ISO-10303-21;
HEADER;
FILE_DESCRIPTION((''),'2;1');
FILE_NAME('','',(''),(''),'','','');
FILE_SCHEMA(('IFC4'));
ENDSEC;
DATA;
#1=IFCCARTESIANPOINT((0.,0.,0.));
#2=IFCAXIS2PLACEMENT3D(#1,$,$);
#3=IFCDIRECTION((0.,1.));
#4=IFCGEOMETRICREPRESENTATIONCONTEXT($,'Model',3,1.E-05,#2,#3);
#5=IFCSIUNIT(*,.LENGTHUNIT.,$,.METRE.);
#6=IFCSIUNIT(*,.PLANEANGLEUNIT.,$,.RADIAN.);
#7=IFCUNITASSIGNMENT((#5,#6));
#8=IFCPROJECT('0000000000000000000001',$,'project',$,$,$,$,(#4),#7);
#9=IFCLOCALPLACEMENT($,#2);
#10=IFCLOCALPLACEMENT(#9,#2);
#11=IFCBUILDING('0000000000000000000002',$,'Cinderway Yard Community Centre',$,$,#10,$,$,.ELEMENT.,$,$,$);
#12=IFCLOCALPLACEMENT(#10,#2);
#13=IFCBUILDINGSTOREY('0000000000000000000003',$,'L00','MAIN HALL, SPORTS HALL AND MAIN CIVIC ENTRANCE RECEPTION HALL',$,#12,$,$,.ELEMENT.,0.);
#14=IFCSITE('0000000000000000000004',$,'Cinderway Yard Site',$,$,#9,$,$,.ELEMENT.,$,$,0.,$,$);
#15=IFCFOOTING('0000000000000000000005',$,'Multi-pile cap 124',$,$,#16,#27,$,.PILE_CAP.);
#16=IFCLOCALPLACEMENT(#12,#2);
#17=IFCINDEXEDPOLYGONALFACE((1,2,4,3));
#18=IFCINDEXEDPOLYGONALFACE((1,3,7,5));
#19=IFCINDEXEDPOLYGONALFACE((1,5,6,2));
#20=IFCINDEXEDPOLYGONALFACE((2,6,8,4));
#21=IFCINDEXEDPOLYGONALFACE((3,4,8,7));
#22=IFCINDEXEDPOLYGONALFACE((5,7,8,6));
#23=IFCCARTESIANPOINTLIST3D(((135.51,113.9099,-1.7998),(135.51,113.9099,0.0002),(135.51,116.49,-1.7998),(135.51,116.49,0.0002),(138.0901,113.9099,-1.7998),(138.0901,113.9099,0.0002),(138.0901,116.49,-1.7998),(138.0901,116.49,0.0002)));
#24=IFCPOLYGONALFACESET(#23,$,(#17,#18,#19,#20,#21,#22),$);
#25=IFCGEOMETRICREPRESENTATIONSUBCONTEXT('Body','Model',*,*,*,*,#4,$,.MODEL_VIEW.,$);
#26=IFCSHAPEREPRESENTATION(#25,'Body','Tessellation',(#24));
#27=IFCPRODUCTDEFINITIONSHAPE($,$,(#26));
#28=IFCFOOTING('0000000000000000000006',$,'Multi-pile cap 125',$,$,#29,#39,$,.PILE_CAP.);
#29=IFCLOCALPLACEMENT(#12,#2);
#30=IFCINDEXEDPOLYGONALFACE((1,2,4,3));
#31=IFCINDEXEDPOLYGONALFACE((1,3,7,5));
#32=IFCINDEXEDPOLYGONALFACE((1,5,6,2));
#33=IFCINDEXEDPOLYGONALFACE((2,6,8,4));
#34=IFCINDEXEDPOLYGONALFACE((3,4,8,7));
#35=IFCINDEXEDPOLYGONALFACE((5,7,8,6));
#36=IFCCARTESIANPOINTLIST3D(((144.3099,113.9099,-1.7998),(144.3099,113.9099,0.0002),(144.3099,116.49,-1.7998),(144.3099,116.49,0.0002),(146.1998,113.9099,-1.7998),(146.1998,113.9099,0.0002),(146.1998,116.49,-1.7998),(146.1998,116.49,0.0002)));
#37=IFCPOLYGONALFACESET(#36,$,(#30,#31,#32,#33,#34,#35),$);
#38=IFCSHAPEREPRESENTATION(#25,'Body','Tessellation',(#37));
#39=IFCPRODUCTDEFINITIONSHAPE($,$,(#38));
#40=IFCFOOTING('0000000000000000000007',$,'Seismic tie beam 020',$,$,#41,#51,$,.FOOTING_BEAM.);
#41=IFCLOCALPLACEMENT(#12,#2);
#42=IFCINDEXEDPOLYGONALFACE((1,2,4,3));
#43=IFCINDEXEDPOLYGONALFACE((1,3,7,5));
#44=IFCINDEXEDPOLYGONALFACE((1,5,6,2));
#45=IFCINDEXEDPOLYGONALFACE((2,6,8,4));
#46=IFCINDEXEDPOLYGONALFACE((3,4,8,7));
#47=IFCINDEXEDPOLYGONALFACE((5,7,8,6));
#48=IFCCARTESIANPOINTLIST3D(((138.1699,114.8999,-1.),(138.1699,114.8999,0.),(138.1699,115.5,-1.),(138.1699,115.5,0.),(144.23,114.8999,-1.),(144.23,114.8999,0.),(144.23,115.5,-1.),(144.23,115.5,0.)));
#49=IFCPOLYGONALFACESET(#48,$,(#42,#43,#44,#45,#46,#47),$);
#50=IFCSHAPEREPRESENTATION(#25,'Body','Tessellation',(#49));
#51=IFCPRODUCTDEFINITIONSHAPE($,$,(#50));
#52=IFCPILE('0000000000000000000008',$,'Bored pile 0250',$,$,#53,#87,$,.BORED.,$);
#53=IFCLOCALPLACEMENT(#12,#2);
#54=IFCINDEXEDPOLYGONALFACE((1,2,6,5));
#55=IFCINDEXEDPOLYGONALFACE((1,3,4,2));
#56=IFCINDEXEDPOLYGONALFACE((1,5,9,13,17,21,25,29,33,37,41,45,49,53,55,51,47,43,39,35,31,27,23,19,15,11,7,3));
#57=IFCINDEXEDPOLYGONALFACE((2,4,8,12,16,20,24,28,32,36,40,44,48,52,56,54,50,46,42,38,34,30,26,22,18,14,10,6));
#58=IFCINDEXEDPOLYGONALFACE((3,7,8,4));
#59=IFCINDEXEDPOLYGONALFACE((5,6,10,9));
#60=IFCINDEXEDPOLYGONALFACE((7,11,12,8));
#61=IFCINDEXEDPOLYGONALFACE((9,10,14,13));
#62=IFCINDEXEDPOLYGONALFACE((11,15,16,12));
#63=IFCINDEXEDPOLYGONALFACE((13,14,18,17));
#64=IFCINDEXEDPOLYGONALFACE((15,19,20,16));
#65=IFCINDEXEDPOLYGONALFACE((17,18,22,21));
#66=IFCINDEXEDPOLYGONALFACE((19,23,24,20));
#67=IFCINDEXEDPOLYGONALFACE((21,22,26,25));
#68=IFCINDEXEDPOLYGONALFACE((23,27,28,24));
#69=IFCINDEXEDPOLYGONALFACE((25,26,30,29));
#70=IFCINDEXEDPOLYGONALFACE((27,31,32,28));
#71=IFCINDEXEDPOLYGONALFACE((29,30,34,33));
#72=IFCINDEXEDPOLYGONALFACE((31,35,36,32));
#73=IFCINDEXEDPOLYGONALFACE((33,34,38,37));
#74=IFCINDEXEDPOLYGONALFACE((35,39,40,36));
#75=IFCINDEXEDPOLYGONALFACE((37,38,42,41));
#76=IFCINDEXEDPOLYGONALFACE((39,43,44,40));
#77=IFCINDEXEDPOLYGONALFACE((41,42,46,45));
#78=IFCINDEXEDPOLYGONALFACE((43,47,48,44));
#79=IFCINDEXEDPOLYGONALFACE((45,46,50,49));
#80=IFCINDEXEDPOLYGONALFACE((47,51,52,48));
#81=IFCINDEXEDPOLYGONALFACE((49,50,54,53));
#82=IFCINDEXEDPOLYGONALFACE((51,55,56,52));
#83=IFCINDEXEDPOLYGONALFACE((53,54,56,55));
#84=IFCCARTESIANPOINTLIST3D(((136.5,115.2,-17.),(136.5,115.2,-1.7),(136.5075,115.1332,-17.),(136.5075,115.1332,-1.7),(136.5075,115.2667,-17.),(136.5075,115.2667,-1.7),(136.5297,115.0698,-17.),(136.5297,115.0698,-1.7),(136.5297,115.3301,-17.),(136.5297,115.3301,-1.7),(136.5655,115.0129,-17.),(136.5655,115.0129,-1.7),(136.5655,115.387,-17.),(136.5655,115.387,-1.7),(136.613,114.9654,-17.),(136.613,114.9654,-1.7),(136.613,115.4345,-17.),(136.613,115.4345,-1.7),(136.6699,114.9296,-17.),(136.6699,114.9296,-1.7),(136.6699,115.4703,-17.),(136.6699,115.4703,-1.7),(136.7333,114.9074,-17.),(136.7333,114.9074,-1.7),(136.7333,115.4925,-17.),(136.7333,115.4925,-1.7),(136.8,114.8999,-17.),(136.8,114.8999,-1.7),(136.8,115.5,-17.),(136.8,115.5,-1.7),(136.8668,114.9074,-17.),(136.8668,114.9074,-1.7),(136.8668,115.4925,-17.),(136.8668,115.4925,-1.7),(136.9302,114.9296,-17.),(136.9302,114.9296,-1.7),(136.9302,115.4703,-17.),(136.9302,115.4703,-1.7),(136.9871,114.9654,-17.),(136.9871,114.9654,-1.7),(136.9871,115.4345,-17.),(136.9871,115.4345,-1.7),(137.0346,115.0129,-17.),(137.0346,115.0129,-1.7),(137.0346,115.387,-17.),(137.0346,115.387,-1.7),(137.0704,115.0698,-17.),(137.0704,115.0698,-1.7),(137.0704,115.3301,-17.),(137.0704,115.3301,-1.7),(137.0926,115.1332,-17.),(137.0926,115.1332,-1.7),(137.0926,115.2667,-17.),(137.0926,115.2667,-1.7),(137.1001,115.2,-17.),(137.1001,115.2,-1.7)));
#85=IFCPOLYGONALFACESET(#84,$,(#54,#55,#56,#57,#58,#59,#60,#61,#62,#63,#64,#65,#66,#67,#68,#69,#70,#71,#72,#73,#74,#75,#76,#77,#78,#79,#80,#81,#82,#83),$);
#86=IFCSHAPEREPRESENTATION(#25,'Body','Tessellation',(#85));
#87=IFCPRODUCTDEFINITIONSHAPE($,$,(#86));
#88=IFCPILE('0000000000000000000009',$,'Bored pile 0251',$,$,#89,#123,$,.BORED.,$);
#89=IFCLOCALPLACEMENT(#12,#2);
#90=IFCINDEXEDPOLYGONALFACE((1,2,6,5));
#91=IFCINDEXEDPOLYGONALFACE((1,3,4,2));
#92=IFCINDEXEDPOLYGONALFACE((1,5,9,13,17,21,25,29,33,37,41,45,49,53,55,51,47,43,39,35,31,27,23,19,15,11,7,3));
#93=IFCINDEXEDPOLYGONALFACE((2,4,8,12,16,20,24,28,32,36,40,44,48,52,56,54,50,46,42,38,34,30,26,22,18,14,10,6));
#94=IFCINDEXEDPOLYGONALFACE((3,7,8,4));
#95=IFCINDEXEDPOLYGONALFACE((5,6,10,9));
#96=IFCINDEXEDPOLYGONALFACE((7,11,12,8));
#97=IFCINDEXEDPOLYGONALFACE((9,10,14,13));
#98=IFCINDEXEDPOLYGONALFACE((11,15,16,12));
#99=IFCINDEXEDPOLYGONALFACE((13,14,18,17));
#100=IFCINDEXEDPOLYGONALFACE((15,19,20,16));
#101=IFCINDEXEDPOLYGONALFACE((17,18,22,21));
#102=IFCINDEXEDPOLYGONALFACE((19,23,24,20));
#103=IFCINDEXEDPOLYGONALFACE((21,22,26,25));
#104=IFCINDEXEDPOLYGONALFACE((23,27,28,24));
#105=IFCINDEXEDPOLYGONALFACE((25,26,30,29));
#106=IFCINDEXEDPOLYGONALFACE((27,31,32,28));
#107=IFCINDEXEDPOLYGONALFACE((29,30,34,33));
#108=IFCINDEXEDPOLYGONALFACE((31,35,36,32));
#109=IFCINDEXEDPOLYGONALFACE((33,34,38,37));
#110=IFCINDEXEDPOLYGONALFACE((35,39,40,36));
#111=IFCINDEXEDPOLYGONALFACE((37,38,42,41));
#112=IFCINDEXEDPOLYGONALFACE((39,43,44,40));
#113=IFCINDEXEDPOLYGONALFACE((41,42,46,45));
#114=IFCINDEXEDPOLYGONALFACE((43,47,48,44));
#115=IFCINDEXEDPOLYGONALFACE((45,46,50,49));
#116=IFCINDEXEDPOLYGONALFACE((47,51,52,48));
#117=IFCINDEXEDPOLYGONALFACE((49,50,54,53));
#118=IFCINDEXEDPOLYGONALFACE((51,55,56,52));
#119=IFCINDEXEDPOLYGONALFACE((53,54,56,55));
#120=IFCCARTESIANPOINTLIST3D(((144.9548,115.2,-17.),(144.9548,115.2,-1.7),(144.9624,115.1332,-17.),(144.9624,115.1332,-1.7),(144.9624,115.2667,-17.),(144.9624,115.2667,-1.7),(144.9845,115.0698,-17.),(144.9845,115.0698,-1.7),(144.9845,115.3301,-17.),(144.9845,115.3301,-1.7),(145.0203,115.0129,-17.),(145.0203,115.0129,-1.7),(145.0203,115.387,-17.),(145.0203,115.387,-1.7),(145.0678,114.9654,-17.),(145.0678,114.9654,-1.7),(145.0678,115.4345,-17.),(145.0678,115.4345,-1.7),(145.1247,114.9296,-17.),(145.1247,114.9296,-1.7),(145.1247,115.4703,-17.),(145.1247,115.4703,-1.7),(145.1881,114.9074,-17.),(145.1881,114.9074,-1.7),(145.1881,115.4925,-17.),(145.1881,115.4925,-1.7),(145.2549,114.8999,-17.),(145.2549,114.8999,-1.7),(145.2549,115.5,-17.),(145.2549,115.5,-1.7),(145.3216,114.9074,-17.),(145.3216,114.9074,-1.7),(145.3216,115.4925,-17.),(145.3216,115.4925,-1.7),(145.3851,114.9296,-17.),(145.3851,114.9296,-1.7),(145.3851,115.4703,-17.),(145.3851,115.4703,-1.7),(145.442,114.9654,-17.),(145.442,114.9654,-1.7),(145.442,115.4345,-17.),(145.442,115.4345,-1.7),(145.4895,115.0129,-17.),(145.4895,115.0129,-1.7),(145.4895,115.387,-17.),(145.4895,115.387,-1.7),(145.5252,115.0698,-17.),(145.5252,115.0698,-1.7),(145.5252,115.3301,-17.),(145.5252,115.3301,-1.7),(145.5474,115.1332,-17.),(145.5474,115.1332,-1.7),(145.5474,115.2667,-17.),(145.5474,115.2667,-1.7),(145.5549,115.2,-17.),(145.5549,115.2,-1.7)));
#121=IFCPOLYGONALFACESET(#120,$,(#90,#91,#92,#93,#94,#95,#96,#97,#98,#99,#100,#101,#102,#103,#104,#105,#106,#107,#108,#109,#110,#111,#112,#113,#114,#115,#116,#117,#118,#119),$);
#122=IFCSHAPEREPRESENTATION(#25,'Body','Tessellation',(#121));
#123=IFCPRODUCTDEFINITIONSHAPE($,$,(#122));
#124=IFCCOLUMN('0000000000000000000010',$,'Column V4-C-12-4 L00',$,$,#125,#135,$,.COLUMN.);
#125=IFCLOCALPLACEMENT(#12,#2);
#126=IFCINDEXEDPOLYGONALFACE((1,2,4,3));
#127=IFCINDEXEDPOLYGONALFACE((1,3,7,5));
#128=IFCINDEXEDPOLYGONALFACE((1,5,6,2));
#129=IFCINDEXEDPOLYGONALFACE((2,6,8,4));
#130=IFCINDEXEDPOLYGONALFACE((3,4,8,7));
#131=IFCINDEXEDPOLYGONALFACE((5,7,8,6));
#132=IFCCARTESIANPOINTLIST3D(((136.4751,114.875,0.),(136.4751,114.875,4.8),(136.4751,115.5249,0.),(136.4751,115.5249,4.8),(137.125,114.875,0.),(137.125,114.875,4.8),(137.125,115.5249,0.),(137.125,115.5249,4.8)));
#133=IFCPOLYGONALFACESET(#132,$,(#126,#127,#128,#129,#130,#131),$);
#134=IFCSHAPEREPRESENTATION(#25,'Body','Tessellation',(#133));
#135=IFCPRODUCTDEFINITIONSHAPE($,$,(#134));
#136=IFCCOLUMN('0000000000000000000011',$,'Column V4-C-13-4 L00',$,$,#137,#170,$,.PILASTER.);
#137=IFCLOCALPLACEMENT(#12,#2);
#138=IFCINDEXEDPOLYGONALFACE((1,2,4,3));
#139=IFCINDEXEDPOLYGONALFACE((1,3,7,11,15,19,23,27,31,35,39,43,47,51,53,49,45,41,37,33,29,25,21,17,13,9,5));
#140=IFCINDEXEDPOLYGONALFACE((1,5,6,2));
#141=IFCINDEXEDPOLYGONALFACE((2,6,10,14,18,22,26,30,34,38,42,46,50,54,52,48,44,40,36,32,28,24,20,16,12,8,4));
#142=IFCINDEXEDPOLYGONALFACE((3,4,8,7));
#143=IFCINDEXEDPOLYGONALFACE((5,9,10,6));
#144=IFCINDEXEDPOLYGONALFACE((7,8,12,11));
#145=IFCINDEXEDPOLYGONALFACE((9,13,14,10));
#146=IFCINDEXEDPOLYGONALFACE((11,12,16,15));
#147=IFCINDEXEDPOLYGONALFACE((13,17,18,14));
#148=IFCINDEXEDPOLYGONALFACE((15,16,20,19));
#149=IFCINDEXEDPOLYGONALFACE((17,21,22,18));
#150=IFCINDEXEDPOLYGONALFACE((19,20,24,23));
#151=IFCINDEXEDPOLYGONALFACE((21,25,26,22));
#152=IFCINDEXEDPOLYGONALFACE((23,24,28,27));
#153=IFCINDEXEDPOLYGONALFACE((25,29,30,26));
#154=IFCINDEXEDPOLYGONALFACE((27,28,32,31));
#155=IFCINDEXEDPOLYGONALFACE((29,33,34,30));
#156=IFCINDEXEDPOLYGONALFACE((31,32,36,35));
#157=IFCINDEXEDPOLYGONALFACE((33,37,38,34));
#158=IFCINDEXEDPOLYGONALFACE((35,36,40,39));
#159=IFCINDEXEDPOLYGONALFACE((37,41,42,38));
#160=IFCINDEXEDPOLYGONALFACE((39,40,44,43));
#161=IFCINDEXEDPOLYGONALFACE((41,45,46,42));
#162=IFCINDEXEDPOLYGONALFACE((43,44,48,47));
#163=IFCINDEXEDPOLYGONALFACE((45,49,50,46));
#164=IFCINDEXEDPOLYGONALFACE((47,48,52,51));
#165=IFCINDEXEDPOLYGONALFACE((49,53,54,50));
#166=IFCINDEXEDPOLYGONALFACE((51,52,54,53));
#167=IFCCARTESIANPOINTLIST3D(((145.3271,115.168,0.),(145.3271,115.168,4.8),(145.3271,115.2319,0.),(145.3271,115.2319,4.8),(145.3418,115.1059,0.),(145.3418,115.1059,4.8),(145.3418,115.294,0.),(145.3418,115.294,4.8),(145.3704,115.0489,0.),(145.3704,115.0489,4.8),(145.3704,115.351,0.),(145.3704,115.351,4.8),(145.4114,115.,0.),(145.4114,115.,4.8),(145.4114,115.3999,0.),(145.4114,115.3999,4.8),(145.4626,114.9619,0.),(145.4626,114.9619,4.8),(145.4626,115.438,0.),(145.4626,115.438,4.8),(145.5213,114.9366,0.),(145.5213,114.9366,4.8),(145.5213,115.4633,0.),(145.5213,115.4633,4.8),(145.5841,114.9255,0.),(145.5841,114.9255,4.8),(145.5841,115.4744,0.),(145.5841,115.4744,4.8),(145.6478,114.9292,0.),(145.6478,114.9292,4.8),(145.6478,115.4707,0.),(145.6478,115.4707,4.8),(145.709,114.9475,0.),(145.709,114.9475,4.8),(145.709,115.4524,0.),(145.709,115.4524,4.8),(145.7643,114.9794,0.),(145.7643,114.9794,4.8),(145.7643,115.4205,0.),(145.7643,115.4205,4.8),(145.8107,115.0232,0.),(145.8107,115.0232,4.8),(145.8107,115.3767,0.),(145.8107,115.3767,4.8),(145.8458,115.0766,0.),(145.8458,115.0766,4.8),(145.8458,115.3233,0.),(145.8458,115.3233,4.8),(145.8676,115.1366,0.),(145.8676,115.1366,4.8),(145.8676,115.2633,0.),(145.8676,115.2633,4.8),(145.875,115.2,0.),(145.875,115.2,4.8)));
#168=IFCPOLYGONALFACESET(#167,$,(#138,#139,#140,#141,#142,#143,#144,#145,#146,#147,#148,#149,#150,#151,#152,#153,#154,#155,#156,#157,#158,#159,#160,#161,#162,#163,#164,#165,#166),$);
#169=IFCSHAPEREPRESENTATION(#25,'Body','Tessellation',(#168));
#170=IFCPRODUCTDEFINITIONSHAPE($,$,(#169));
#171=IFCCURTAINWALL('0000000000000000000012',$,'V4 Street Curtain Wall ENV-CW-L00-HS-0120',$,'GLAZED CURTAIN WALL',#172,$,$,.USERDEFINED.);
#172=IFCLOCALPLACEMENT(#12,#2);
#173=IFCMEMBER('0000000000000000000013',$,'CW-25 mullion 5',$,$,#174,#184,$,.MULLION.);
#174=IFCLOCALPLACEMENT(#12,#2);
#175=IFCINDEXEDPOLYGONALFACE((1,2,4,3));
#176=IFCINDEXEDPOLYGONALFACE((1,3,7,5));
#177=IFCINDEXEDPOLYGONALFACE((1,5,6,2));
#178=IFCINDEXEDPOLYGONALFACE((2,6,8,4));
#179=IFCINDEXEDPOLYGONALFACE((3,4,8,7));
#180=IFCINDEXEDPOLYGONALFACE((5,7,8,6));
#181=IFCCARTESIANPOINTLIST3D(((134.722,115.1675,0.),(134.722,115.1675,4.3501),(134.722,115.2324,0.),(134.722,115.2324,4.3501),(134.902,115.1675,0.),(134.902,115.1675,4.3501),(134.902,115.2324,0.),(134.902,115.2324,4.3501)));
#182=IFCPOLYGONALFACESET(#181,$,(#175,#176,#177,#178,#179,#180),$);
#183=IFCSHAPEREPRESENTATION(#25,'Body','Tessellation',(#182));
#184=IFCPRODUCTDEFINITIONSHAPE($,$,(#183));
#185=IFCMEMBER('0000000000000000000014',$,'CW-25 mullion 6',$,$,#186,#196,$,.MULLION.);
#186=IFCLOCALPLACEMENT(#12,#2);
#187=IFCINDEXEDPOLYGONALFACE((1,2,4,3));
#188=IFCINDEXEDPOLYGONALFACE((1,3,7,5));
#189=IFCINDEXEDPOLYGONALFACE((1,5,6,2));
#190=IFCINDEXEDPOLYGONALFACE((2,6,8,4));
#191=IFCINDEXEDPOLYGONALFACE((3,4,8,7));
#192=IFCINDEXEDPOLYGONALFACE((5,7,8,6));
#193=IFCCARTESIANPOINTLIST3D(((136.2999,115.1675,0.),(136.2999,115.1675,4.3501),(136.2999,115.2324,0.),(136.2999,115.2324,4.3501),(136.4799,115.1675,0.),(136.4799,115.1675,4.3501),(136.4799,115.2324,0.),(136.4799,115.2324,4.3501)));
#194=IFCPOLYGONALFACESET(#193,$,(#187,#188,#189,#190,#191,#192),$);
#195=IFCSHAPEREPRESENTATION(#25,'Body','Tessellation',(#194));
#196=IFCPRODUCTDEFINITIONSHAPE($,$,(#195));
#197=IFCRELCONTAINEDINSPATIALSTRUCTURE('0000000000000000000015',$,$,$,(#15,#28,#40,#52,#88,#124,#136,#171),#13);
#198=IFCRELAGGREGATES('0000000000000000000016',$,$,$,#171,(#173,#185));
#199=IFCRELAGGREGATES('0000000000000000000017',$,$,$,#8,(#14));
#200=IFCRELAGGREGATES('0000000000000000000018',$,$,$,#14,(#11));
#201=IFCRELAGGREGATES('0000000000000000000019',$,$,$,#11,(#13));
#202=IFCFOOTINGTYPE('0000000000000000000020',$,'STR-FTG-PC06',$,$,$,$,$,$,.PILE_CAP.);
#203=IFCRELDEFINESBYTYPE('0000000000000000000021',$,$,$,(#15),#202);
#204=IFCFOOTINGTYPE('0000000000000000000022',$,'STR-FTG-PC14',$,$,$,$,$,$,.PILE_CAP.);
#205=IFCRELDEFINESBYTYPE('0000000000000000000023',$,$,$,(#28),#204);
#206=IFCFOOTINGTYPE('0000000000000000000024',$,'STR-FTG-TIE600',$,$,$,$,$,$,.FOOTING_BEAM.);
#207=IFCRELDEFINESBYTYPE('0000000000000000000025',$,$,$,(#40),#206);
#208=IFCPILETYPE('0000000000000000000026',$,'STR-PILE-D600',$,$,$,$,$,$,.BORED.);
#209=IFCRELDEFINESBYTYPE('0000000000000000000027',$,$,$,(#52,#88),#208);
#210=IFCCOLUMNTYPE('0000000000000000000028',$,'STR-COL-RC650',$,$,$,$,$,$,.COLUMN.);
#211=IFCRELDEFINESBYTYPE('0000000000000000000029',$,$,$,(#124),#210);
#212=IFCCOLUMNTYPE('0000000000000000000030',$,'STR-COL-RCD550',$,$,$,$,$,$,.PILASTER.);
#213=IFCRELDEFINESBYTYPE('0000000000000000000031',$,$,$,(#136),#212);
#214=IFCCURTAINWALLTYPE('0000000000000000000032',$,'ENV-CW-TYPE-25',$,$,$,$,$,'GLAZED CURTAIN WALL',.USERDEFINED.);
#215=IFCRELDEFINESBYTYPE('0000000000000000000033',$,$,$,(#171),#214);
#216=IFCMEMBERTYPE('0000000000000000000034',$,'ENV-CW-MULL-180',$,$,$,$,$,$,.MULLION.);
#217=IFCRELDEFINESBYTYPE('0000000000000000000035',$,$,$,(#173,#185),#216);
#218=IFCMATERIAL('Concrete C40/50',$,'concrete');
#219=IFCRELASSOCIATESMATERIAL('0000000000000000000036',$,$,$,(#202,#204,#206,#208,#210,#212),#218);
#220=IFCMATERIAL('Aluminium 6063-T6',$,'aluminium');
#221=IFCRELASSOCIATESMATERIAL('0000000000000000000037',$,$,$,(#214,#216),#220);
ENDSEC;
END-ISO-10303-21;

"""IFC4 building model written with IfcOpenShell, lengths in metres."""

from ifc_helpers import new_model, si_unit, direction, frame, origin, origin_2d, place, context, subcontext, project, spatial, rectangle, circle, extrude, material, material_profile, profile_set, type_object, element, aggregate, save


model = new_model("IFC4")

# Units and contexts
model_context = context("Model", 3, precision=1e-05, world=origin(), true_north=direction((0.0, 1.0)))
body_context = subcontext(model_context, "Body", "Model", "MODEL_VIEW")
ifc_project = project(units=[si_unit("LENGTHUNIT", "METRE"), si_unit("PLANEANGLEUNIT", "RADIAN")], contexts=[model_context])

# Site, building, storey
site_placement = place(None, origin())
site = spatial("IfcSite", under=ifc_project, at=site_placement, Name="Cinderway Yard Site", CompositionType="ELEMENT", RefElevation=0.0)
building_placement = place(site_placement, origin())
building = spatial("IfcBuilding", under=site, at=building_placement, Name="Cinderway Yard Community Centre", CompositionType="ELEMENT")
storey_placement = place(building_placement, origin())
storey = spatial("IfcBuildingStorey", under=building, at=storey_placement, Name="L00", Description="MAIN HALL, SPORTS HALL AND MAIN CIVIC ENTRANCE RECEPTION HALL", CompositionType="ELEMENT", Elevation=0.0)

# Footings
ifc_material_1 = material(Name="Concrete C40/50", Category="concrete")
footing_type_1 = type_object("IfcFootingType", Name="STR-FTG-PC06", PredefinedType="PILE_CAP", material=ifc_material_1)
footing_1_placement = place(storey_placement, frame((136.8, 115.2, -1.7998), z_axis=(0.0, 0.0, 1.0), x_axis=(1.0, 0.0, 0.0)))
element("IfcFooting", 1, at=footing_1_placement, inside=storey, type_object=footing_type_1, Name="Multi-pile cap 124", PredefinedType="PILE_CAP", context=body_context, shape_type="SweptSolid", body=[
    extrude(rectangle(XDim=2.5801, YDim=2.5801, at=origin_2d()), origin(), (0.0, 0.0, 1.0), 1.8),
])
footing_type_2 = type_object("IfcFootingType", Name="STR-FTG-PC14", PredefinedType="PILE_CAP", material=ifc_material_1)
footing_2_placement = place(storey_placement, frame((145.2549, 115.2, -1.7998), z_axis=(0.0, 0.0, 1.0), x_axis=(1.0, 0.0, 0.0)))
element("IfcFooting", 2, at=footing_2_placement, inside=storey, type_object=footing_type_2, Name="Multi-pile cap 125", PredefinedType="PILE_CAP", context=body_context, shape_type="SweptSolid", body=[
    extrude(rectangle(XDim=1.8899, YDim=2.5801, at=origin_2d()), origin(), (0.0, 0.0, 1.0), 1.8),
])
footing_type_3 = type_object("IfcFootingType", Name="STR-FTG-TIE600", PredefinedType="FOOTING_BEAM", material=ifc_material_1)
footing_3_placement = place(storey_placement, frame((141.2, 115.2, -1.0), z_axis=(0.0, 0.0, 1.0), x_axis=(1.0, 0.0, 0.0)))
element("IfcFooting", 3, at=footing_3_placement, inside=storey, type_object=footing_type_3, Name="Seismic tie beam 020", PredefinedType="FOOTING_BEAM", context=body_context, shape_type="SweptSolid", body=[
    extrude(rectangle(XDim=6.0601, YDim=0.6001, at=origin_2d()), origin(), (0.0, 0.0, 1.0), 1.0),
])

# Piles
ifc_material_profile_1 = material_profile(ifc_material_1, circle(Radius=0.3, at=origin_2d()), Name="Concrete C40/50")
ifc_profile_set_1 = profile_set([ifc_material_profile_1], Name="Concrete C40/50")
pile_type = type_object("IfcPileType", Name="STR-PILE-D600", PredefinedType="BORED", material=ifc_profile_set_1)
for number, where, z_axis, x_axis, name in (
    (4, (136.8, 115.2, -1.7), (0.0, 0.0, -1.0), (1.0, 0.0, 0.0), "Bored pile 0250"),
    (5, (145.2549, 115.2, -1.7), (0.0, 0.0, -1.0), (1.0, 0.0, 0.0), "Bored pile 0251"),
):
    element("IfcPile", number, at=place(storey_placement, frame(where, z_axis=z_axis, x_axis=x_axis)), inside=storey, type_object=pile_type, Name=name, PredefinedType="BORED", context=body_context, shape_type="SweptSolid", body=[
        extrude(circle(Radius=0.3, at=origin_2d()), origin(), (0.0, 0.0, 1.0), 15.3),
    ])

# Columns
ifc_material_profile_2 = material_profile(ifc_material_1, rectangle(XDim=0.6499, YDim=0.6499, at=origin_2d()), Name="Concrete C40/50")
ifc_profile_set_2 = profile_set([ifc_material_profile_2], Name="Concrete C40/50")
column_type_1 = type_object("IfcColumnType", Name="STR-COL-RC650", PredefinedType="COLUMN", material=ifc_profile_set_2)
column_1_placement = place(storey_placement, frame((136.8, 115.2, 0.0), z_axis=(0.0, 0.0, 1.0), x_axis=(1.0, 0.0, 0.0)))
element("IfcColumn", 6, at=column_1_placement, inside=storey, type_object=column_type_1, Name="Column V4-C-12-4 L00", PredefinedType="COLUMN", context=body_context, shape_type="SweptSolid", body=[
    extrude(rectangle(XDim=0.6499, YDim=0.6499, at=origin_2d()), origin(), (0.0, 0.0, 1.0), 4.8),
])
ifc_material_profile_3 = material_profile(ifc_material_1, circle(Radius=0.2749, at=origin_2d()), Name="Concrete C40/50")
ifc_profile_set_3 = profile_set([ifc_material_profile_3], Name="Concrete C40/50")
column_type_2 = type_object("IfcColumnType", Name="STR-COL-RCD550", PredefinedType="PILASTER", material=ifc_profile_set_3)
column_2_placement = place(storey_placement, frame((145.6001, 115.2, 0.0), z_axis=(0.0, 0.0, 1.0), x_axis=(1.0, 0.0, 0.0)))
element("IfcColumn", 7, at=column_2_placement, inside=storey, type_object=column_type_2, Name="Column V4-C-13-4 L00", PredefinedType="PILASTER", context=body_context, shape_type="SweptSolid", body=[
    extrude(circle(Radius=0.2749, at=origin_2d()), origin(), (0.0, 0.0, 1.0), 4.8),
])

# Curtain wall, members
ifc_material_2 = material(Name="Aluminium 6063-T6", Category="aluminium")
curtain_wall_type = type_object("IfcCurtainWallType", Name="ENV-CW-TYPE-25", ElementType="GLAZED CURTAIN WALL", PredefinedType="USERDEFINED", material=ifc_material_2)
curtain_wall_placement = place(storey_placement, origin())
curtain_wall = element("IfcCurtainWall", 8, at=curtain_wall_placement, inside=storey, type_object=curtain_wall_type, Name="V4 Street Curtain Wall ENV-CW-L00-HS-0120", ObjectType="GLAZED CURTAIN WALL", PredefinedType="USERDEFINED")
ifc_material_profile_4 = material_profile(ifc_material_2, rectangle(XDim=0.0649, YDim=0.1799, at=origin_2d()), Name="Aluminium 6063-T6")
ifc_profile_set_4 = profile_set([ifc_material_profile_4], Name="Aluminium 6063-T6")
member_type_1 = type_object("IfcMemberType", Name="ENV-CW-MULL-180", PredefinedType="MULLION", material=ifc_profile_set_4)
member_1_placement = place(storey_placement, frame((134.812, 115.2, 0.0), z_axis=(0.0, 0.0, 1.0), x_axis=(0.0, 1.0, 0.0)))
member_1 = element("IfcMember", 9, at=member_1_placement, type_object=member_type_1, Name="CW-25 mullion 5", PredefinedType="MULLION", context=body_context, shape_type="SweptSolid", body=[
    extrude(rectangle(XDim=0.0649, YDim=0.1799, at=origin_2d()), origin(), (0.0, 0.0, 1.0), 4.3501),
])
member_2_placement = place(storey_placement, frame((136.3899, 115.2, 0.0), z_axis=(0.0, 0.0, 1.0), x_axis=(0.0, 1.0, 0.0)))
member_2 = element("IfcMember", 10, at=member_2_placement, type_object=member_type_1, Name="CW-25 mullion 6", PredefinedType="MULLION", context=body_context, shape_type="SweptSolid", body=[
    extrude(rectangle(XDim=0.0649, YDim=0.1799, at=origin_2d()), origin(), (0.0, 0.0, 1.0), 4.3501),
])
aggregate(curtain_wall, [member_1, member_2])

save(model, "model.ifc")
